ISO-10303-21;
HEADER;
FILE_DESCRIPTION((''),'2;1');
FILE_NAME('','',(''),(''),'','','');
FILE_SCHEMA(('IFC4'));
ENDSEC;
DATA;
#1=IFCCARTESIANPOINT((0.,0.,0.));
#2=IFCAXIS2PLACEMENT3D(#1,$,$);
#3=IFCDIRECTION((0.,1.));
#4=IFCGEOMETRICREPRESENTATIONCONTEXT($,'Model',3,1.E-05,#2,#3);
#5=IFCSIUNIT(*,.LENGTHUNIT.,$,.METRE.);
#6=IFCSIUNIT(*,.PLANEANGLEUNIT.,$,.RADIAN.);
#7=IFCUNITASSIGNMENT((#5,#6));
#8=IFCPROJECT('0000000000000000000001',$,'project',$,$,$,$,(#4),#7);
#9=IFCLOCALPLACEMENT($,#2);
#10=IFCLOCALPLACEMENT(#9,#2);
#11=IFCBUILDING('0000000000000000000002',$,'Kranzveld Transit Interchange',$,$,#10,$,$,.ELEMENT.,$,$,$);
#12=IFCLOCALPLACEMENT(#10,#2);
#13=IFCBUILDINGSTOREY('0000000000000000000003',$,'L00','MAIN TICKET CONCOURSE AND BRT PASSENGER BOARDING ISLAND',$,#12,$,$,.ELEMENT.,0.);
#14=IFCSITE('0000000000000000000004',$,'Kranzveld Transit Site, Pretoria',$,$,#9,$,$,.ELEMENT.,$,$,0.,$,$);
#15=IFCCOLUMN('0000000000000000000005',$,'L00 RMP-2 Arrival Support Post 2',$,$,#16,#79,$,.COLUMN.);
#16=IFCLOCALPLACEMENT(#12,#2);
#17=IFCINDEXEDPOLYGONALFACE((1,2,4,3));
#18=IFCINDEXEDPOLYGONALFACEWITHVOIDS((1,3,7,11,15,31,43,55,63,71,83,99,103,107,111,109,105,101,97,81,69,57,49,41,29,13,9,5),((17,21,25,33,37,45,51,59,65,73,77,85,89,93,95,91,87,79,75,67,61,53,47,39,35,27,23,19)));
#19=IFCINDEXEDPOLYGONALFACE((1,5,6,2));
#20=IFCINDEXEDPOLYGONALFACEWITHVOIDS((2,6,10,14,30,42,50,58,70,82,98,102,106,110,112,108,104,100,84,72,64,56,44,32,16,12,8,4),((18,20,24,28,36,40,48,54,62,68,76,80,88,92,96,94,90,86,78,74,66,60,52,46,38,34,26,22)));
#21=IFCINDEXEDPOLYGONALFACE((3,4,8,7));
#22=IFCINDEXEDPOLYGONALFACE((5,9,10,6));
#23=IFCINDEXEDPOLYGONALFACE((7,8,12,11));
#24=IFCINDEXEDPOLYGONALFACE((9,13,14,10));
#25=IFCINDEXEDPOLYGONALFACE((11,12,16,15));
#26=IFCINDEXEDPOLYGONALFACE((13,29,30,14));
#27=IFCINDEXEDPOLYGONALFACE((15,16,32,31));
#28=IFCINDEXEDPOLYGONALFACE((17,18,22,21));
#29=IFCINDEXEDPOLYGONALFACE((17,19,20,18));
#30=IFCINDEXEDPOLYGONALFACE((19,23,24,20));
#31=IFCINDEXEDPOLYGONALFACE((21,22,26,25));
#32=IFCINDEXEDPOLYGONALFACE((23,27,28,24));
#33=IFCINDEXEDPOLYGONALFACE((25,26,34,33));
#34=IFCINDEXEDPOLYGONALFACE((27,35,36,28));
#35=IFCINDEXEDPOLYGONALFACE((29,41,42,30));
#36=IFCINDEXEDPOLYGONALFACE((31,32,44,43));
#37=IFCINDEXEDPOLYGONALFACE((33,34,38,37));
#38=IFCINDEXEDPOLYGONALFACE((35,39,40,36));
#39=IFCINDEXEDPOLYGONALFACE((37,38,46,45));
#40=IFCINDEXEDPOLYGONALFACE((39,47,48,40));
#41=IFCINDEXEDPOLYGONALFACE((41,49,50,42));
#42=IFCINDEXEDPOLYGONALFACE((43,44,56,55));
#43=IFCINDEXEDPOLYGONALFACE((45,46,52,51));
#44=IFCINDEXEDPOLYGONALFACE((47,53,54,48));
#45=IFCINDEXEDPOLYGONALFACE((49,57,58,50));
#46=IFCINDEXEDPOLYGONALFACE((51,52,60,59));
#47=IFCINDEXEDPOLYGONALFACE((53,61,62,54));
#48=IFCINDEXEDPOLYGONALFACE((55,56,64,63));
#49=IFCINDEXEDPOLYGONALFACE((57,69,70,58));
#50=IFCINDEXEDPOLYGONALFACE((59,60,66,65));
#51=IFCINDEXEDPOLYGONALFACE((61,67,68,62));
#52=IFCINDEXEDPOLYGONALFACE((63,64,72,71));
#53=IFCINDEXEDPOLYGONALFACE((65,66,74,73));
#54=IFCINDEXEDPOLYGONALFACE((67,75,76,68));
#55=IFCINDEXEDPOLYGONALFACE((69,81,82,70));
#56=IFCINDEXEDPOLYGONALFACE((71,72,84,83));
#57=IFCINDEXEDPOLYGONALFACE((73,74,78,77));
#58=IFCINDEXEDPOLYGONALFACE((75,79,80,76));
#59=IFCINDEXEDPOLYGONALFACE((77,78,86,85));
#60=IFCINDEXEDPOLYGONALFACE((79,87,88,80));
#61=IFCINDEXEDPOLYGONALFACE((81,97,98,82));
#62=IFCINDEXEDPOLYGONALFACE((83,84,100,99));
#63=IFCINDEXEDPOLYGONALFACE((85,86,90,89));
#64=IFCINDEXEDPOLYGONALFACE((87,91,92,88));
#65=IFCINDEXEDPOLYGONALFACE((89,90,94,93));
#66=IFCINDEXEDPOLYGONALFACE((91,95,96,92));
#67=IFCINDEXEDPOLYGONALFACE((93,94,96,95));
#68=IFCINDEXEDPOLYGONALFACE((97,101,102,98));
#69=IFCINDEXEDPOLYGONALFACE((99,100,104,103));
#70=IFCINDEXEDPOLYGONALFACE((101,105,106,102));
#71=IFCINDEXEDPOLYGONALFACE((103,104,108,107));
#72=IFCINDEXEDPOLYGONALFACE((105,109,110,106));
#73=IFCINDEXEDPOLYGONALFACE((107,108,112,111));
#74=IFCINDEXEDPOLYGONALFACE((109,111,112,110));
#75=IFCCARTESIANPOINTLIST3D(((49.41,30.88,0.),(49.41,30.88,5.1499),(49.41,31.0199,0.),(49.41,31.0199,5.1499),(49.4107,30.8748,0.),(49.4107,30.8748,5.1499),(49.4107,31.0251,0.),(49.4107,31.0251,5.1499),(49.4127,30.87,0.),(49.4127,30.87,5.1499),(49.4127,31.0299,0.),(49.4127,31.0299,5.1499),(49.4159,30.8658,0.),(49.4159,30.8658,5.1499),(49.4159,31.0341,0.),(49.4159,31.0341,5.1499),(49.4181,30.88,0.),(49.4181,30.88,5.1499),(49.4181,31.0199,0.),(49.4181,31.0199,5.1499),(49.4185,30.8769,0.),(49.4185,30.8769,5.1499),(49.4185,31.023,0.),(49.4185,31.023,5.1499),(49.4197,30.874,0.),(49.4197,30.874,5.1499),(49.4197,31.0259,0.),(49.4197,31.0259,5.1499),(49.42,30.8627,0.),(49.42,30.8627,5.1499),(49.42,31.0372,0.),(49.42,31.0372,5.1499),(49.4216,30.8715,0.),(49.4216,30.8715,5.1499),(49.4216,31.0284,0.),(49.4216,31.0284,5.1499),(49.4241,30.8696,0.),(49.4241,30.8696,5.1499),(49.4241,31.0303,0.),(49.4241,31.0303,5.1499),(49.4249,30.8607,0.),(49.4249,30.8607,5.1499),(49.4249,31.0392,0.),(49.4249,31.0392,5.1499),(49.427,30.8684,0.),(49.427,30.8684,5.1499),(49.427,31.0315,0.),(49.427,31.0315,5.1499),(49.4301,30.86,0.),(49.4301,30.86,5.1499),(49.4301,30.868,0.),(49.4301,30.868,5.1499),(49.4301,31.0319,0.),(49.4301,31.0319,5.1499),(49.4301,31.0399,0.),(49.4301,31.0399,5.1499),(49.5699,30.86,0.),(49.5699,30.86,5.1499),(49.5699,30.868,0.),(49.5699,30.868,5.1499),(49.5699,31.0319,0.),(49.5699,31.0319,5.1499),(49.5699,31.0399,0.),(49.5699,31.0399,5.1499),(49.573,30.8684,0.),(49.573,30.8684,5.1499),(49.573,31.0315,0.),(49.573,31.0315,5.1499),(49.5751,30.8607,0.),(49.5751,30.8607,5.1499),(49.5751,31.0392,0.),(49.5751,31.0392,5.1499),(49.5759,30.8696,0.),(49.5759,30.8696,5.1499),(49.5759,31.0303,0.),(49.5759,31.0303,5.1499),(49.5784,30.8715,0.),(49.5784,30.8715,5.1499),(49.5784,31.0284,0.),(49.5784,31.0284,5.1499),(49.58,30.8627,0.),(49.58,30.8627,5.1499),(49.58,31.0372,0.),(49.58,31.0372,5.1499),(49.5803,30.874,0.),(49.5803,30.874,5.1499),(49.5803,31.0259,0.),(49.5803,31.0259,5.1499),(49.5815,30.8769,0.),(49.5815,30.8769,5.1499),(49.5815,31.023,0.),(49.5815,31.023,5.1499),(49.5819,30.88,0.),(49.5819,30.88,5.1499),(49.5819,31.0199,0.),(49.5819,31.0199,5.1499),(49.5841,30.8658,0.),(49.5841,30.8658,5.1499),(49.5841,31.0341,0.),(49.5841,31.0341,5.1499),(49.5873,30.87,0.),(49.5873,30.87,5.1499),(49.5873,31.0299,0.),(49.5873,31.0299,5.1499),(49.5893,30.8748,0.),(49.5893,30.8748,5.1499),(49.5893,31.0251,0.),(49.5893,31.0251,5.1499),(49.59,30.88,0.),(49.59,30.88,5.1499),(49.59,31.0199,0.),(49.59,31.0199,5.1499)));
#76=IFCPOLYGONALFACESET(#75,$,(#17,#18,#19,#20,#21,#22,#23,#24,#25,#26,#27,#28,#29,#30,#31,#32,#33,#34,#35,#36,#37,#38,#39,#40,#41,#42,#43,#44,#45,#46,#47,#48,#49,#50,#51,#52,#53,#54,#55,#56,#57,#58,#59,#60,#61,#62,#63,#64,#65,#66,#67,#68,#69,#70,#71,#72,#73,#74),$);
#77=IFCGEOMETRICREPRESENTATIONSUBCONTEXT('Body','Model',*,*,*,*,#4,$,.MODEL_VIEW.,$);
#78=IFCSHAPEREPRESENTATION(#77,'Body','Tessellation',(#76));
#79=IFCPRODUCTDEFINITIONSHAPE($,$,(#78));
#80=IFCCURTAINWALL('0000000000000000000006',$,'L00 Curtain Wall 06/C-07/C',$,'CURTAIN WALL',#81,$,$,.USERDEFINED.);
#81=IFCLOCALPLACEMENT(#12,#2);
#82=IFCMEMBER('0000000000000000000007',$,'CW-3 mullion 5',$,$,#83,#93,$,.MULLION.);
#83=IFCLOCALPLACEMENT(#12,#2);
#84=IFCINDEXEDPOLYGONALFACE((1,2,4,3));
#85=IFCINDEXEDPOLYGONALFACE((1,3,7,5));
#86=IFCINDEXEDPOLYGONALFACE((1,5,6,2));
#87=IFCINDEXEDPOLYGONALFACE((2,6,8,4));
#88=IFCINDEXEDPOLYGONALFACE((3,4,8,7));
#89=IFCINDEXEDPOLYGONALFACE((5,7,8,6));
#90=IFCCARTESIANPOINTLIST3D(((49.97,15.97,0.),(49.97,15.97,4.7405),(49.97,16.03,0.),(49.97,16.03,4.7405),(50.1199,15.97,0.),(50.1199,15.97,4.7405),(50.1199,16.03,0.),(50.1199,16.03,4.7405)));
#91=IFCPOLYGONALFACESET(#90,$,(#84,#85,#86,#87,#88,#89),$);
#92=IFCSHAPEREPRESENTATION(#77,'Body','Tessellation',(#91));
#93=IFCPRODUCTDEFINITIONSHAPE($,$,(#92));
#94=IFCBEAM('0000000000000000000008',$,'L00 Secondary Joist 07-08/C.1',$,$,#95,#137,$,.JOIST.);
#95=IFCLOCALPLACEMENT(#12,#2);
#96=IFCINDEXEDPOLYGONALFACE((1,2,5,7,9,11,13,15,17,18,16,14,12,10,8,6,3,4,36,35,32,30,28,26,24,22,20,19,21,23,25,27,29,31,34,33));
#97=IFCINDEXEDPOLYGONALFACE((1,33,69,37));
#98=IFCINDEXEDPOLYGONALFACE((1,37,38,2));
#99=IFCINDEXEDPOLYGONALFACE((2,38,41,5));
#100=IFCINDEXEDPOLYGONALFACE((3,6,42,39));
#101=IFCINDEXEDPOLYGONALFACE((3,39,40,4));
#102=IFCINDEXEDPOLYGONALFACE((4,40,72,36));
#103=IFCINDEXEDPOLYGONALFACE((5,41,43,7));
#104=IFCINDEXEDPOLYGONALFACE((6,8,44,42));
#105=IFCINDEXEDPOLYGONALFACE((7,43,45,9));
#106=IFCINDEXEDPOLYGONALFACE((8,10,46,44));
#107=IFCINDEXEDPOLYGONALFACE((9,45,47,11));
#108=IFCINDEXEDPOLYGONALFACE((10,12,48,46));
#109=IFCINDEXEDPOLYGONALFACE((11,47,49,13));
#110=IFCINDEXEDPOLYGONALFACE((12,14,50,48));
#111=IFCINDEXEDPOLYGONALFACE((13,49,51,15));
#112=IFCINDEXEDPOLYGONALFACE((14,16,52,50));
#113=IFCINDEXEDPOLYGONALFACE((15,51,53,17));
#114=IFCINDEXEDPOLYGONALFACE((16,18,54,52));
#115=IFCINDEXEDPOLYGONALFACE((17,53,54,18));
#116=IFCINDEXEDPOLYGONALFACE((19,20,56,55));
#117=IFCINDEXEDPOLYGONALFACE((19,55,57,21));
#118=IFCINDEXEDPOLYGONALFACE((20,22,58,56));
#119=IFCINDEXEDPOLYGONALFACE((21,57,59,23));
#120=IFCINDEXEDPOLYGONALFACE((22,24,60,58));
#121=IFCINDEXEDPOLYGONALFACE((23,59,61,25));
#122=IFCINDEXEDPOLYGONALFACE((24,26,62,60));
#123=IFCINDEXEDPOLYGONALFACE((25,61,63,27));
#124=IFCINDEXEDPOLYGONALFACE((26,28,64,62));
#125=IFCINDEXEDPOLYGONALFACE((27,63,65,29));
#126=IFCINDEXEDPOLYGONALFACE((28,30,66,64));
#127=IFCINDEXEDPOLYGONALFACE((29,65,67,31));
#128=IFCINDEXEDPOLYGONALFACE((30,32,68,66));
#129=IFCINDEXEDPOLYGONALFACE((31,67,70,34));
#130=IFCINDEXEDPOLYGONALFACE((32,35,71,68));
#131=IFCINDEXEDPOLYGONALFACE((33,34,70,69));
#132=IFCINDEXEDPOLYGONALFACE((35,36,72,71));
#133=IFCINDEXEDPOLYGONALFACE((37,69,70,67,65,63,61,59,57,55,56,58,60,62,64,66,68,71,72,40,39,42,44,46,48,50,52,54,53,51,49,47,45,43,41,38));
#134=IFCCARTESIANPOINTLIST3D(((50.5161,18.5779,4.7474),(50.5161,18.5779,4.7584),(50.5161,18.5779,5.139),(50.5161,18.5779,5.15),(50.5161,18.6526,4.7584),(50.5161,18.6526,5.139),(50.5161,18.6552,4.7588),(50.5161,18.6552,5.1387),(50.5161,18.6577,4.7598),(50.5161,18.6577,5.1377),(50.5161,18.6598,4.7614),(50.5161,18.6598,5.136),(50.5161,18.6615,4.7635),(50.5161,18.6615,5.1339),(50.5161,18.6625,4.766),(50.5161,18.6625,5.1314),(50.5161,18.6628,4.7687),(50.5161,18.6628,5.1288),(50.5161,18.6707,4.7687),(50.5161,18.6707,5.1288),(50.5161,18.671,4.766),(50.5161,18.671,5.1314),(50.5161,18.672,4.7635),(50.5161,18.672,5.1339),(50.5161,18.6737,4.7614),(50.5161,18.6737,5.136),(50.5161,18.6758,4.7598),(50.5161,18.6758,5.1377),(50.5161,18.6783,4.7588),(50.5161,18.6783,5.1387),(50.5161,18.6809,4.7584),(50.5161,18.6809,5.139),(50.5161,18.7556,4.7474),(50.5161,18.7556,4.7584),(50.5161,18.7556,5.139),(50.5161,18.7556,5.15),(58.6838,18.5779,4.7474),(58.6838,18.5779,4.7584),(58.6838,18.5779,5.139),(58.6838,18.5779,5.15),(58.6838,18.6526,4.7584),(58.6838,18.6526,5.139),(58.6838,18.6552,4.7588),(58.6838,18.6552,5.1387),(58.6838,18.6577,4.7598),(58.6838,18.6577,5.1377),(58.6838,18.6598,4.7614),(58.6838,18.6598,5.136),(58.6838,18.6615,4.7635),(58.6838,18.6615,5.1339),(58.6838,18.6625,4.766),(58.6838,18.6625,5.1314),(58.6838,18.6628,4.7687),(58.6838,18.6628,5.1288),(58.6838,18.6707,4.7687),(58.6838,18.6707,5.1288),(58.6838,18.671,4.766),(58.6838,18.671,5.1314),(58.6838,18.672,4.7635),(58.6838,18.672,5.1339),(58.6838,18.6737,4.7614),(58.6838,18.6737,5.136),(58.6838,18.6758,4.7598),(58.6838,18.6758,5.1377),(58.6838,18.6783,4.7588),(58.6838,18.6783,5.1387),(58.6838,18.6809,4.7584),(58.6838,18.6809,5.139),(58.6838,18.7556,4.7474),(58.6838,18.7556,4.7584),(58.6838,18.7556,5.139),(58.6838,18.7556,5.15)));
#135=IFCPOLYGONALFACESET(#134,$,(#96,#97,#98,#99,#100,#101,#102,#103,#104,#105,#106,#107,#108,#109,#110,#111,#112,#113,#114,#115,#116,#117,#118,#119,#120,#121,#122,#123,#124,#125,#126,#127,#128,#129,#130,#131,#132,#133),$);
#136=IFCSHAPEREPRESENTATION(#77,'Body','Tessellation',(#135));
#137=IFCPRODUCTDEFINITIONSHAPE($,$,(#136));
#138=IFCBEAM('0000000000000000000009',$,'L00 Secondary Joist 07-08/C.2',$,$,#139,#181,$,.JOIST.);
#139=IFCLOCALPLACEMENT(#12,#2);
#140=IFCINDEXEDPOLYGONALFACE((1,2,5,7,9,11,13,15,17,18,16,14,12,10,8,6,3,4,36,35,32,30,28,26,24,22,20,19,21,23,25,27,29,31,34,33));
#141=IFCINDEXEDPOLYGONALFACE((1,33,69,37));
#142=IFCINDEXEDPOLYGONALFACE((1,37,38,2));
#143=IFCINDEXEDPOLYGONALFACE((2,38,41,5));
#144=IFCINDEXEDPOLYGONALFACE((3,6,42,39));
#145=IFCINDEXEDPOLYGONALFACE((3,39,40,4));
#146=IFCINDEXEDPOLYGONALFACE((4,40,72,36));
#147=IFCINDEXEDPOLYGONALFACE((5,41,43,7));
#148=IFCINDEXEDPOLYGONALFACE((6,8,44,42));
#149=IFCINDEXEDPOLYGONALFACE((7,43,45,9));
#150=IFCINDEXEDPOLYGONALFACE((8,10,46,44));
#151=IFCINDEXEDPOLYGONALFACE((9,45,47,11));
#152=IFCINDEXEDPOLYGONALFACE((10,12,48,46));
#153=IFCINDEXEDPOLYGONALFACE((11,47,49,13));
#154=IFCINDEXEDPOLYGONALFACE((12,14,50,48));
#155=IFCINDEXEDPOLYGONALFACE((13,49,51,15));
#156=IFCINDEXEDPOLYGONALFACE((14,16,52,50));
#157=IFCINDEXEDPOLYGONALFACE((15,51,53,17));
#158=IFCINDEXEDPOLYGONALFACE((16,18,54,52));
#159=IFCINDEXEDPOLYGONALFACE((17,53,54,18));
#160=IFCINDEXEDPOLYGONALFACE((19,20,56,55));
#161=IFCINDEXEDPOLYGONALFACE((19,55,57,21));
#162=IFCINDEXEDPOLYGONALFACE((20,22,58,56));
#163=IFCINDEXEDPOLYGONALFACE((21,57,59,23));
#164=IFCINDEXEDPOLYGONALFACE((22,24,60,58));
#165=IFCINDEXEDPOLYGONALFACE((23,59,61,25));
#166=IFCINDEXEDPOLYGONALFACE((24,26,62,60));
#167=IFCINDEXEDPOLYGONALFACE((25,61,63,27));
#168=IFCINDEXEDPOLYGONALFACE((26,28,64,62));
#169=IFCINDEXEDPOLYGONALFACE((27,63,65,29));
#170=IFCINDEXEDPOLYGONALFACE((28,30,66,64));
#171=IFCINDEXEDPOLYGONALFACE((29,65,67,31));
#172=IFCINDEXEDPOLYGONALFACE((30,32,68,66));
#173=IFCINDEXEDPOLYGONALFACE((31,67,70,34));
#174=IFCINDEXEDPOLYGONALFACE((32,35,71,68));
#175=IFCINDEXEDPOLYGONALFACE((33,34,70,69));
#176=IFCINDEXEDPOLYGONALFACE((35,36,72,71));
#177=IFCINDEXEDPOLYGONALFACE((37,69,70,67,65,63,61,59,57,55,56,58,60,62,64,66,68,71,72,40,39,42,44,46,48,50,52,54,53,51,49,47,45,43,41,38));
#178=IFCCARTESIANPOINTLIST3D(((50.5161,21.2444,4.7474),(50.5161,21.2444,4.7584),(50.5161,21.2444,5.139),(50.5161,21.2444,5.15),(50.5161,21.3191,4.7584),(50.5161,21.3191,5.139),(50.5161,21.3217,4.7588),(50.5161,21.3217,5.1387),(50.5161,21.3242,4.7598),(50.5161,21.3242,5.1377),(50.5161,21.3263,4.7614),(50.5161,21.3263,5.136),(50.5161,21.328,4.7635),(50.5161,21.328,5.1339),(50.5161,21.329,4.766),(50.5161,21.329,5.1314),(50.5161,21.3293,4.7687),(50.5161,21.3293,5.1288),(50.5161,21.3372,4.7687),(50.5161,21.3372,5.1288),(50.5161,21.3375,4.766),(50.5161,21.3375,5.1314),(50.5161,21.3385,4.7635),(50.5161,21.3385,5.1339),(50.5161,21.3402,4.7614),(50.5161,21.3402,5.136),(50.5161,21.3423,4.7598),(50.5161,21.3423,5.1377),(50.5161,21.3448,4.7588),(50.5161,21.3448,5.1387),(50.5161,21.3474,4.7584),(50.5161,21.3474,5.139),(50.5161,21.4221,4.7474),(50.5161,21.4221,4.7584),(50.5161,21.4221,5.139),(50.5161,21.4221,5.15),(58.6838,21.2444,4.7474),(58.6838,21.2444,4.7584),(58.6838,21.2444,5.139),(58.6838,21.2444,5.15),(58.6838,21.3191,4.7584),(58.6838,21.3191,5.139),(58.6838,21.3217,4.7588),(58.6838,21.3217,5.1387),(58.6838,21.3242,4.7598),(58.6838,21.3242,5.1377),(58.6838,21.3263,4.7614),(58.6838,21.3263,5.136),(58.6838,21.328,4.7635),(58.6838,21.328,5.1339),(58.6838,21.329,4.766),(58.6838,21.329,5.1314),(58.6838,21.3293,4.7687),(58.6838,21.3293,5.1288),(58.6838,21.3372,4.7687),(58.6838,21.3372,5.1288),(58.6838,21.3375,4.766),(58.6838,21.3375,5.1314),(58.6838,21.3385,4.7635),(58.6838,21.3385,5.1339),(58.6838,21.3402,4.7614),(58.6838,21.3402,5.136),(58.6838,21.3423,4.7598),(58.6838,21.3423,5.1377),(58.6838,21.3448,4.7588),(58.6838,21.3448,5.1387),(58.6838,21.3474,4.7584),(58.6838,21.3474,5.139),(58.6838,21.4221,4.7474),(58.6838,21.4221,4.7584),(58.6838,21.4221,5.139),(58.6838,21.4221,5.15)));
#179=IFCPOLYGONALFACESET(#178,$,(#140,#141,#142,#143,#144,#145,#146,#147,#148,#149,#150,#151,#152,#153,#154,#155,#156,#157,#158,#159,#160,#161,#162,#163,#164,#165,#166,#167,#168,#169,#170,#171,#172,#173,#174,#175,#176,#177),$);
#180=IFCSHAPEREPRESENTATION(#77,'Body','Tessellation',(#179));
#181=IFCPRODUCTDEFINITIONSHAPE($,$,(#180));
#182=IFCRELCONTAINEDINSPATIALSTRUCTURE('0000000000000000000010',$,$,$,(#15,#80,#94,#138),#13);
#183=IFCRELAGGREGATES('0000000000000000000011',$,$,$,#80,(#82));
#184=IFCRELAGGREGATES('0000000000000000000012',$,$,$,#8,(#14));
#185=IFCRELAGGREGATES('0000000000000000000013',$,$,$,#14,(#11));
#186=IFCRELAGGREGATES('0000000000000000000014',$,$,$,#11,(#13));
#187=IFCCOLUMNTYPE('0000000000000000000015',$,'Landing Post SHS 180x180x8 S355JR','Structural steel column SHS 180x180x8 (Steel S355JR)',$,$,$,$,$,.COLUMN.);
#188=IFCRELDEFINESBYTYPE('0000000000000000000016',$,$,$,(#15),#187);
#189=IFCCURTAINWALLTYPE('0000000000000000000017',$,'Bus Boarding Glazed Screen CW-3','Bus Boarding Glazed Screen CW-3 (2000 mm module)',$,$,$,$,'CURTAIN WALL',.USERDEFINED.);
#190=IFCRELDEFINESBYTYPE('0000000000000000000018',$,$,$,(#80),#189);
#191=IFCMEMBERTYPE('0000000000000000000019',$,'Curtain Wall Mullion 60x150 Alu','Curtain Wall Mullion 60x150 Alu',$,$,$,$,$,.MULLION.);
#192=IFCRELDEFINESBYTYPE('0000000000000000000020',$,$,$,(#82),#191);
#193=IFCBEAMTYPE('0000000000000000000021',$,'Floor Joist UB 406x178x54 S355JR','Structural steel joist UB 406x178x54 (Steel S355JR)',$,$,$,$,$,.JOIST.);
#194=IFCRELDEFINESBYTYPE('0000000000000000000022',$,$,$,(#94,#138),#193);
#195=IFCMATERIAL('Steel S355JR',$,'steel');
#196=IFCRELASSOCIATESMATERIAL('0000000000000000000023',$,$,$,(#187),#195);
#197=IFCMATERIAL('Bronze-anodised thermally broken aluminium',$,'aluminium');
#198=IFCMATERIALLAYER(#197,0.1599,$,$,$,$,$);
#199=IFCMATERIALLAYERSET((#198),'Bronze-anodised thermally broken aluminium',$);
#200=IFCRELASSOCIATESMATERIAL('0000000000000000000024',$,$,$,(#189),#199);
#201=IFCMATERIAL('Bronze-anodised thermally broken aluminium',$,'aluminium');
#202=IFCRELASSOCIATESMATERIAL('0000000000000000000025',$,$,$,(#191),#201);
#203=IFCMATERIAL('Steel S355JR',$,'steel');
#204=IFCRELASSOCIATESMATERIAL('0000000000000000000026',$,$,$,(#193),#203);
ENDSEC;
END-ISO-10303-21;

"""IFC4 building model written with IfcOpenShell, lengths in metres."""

from ifc_helpers import new_model, si_unit, direction, frame, origin, origin_2d, place, context, subcontext, project, spatial, rectangle, hollow_rectangle, i_section, extrude, material, layer, layer_set, material_profile, profile_set, type_object, element, aggregate, save


model = new_model("IFC4")

# Units and contexts
model_context = context("Model", 3, precision=1e-05, world=origin(), true_north=direction((0.0, 1.0)))
body_context = subcontext(model_context, "Body", "Model", "MODEL_VIEW")
ifc_project = project(units=[si_unit("LENGTHUNIT", "METRE"), si_unit("PLANEANGLEUNIT", "RADIAN")], contexts=[model_context])

# Site, building, storey
site_placement = place(None, origin())
site = spatial("IfcSite", under=ifc_project, at=site_placement, Name="Kranzveld Transit Site, Pretoria", CompositionType="ELEMENT", RefElevation=0.0)
building_placement = place(site_placement, origin())
building = spatial("IfcBuilding", under=site, at=building_placement, Name="Kranzveld Transit Interchange", CompositionType="ELEMENT")
storey_placement = place(building_placement, origin())
storey = spatial("IfcBuildingStorey", under=building, at=storey_placement, Name="L00", Description="MAIN TICKET CONCOURSE AND BRT PASSENGER BOARDING ISLAND", CompositionType="ELEMENT", Elevation=0.0)

# Column
ifc_material_1 = material(Name="Steel S355JR", Category="steel")
ifc_material_profile_1 = material_profile(ifc_material_1, hollow_rectangle(XDim=0.1799, YDim=0.1799, WallThickness=0.0081, InnerFilletRadius=0.012, OuterFilletRadius=0.02, at=origin_2d()), Name="SHS 180x180x8")
ifc_profile_set_1 = profile_set([ifc_material_profile_1], Name="Steel S355JR")
column_type_1 = type_object("IfcColumnType", Name="Landing Post SHS 180x180x8 S355JR", Description="Structural steel column SHS 180x180x8 (Steel S355JR)", PredefinedType="COLUMN", material=ifc_profile_set_1)
for number, where, z_axis, x_axis, name in (
    (1, (49.5, 30.95, 0.0), (0.0, 0.0, 1.0), (1.0, 0.0, 0.0), "L00 RMP-2 Arrival Support Post 2"),
):
    element("IfcColumn", number, at=place(storey_placement, frame(where, z_axis=z_axis, x_axis=x_axis)), inside=storey, type_object=column_type_1, Name=name, PredefinedType="COLUMN", context=body_context, shape_type="SweptSolid", body=[
        extrude(hollow_rectangle(XDim=0.1799, YDim=0.1799, WallThickness=0.0081, InnerFilletRadius=0.012, OuterFilletRadius=0.02, at=origin_2d()), origin(), (0.0, 0.0, 1.0), 5.1499),
    ])

# Curtain wall, member
ifc_material_2 = material(Name="Bronze-anodised thermally broken aluminium", Category="aluminium")
ifc_layer_1 = layer(ifc_material_2, 0.1599)
ifc_layer_set_1 = layer_set([ifc_layer_1], Name="Bronze-anodised thermally broken aluminium")
curtain_wall_type = type_object("IfcCurtainWallType", Name="Bus Boarding Glazed Screen CW-3", Description="Bus Boarding Glazed Screen CW-3 (2000 mm module)", ElementType="CURTAIN WALL", PredefinedType="USERDEFINED", material=ifc_layer_set_1)
curtain_wall_placement = place(storey_placement, origin())
curtain_wall = element("IfcCurtainWall", 2, at=curtain_wall_placement, inside=storey, type_object=curtain_wall_type, Name="L00 Curtain Wall 06/C-07/C", ObjectType="CURTAIN WALL", PredefinedType="USERDEFINED")
ifc_material_3 = material(Name="Bronze-anodised thermally broken aluminium", Category="aluminium")
ifc_material_profile_2 = material_profile(ifc_material_3, rectangle(XDim=0.0601, YDim=0.1499, at=origin_2d()), Name="ALU MULLION 60x150")
ifc_profile_set_2 = profile_set([ifc_material_profile_2], Name="Bronze-anodised thermally broken aluminium")
member_type = type_object("IfcMemberType", Name="Curtain Wall Mullion 60x150 Alu", Description="Curtain Wall Mullion 60x150 Alu", PredefinedType="MULLION", material=ifc_profile_set_2)
member_placement = place(storey_placement, frame((50.0449, 16.0, 0.0), z_axis=(0.0, 0.0, 1.0), x_axis=(0.0, 1.0, 0.0)))
member = element("IfcMember", 3, at=member_placement, type_object=member_type, Name="CW-3 mullion 5", PredefinedType="MULLION", context=body_context, shape_type="SweptSolid", body=[
    extrude(rectangle(XDim=0.0601, YDim=0.1499, at=origin_2d()), origin(), (0.0, 0.0, 1.0), 4.7405),
])

# Beams
ifc_material_4 = material(Name="Steel S355JR", Category="steel")
ifc_material_profile_3 = material_profile(ifc_material_4, i_section(OverallWidth=0.1777, OverallDepth=0.4026, WebThickness=0.0078, FlangeThickness=0.011, FilletRadius=0.0103, at=origin_2d()), Name="UB 406x178x54")
ifc_profile_set_3 = profile_set([ifc_material_profile_3], Name="Steel S355JR")
beam_type_1 = type_object("IfcBeamType", Name="Floor Joist UB 406x178x54 S355JR", Description="Structural steel joist UB 406x178x54 (Steel S355JR)", PredefinedType="JOIST", material=ifc_profile_set_3)
for number, where, z_axis, x_axis, name in (
    (4, (50.5161, 18.6667, 4.9487), (1.0, 0.0, 0.0), (0.0, 1.0, 0.0), "L00 Secondary Joist 07-08/C.1"),
    (5, (50.5161, 21.3333, 4.9487), (1.0, 0.0, 0.0), (0.0, 1.0, 0.0), "L00 Secondary Joist 07-08/C.2"),
):
    element("IfcBeam", number, at=place(storey_placement, frame(where, z_axis=z_axis, x_axis=x_axis)), inside=storey, type_object=beam_type_1, Name=name, PredefinedType="JOIST", context=body_context, shape_type="SweptSolid", body=[
        extrude(i_section(OverallWidth=0.1777, OverallDepth=0.4026, WebThickness=0.0078, FlangeThickness=0.011, FilletRadius=0.0103, at=origin_2d()), origin(), (0.0, 0.0, 1.0), 8.1677),
    ])

aggregate(curtain_wall, [member])

save(model, "model.ifc")
